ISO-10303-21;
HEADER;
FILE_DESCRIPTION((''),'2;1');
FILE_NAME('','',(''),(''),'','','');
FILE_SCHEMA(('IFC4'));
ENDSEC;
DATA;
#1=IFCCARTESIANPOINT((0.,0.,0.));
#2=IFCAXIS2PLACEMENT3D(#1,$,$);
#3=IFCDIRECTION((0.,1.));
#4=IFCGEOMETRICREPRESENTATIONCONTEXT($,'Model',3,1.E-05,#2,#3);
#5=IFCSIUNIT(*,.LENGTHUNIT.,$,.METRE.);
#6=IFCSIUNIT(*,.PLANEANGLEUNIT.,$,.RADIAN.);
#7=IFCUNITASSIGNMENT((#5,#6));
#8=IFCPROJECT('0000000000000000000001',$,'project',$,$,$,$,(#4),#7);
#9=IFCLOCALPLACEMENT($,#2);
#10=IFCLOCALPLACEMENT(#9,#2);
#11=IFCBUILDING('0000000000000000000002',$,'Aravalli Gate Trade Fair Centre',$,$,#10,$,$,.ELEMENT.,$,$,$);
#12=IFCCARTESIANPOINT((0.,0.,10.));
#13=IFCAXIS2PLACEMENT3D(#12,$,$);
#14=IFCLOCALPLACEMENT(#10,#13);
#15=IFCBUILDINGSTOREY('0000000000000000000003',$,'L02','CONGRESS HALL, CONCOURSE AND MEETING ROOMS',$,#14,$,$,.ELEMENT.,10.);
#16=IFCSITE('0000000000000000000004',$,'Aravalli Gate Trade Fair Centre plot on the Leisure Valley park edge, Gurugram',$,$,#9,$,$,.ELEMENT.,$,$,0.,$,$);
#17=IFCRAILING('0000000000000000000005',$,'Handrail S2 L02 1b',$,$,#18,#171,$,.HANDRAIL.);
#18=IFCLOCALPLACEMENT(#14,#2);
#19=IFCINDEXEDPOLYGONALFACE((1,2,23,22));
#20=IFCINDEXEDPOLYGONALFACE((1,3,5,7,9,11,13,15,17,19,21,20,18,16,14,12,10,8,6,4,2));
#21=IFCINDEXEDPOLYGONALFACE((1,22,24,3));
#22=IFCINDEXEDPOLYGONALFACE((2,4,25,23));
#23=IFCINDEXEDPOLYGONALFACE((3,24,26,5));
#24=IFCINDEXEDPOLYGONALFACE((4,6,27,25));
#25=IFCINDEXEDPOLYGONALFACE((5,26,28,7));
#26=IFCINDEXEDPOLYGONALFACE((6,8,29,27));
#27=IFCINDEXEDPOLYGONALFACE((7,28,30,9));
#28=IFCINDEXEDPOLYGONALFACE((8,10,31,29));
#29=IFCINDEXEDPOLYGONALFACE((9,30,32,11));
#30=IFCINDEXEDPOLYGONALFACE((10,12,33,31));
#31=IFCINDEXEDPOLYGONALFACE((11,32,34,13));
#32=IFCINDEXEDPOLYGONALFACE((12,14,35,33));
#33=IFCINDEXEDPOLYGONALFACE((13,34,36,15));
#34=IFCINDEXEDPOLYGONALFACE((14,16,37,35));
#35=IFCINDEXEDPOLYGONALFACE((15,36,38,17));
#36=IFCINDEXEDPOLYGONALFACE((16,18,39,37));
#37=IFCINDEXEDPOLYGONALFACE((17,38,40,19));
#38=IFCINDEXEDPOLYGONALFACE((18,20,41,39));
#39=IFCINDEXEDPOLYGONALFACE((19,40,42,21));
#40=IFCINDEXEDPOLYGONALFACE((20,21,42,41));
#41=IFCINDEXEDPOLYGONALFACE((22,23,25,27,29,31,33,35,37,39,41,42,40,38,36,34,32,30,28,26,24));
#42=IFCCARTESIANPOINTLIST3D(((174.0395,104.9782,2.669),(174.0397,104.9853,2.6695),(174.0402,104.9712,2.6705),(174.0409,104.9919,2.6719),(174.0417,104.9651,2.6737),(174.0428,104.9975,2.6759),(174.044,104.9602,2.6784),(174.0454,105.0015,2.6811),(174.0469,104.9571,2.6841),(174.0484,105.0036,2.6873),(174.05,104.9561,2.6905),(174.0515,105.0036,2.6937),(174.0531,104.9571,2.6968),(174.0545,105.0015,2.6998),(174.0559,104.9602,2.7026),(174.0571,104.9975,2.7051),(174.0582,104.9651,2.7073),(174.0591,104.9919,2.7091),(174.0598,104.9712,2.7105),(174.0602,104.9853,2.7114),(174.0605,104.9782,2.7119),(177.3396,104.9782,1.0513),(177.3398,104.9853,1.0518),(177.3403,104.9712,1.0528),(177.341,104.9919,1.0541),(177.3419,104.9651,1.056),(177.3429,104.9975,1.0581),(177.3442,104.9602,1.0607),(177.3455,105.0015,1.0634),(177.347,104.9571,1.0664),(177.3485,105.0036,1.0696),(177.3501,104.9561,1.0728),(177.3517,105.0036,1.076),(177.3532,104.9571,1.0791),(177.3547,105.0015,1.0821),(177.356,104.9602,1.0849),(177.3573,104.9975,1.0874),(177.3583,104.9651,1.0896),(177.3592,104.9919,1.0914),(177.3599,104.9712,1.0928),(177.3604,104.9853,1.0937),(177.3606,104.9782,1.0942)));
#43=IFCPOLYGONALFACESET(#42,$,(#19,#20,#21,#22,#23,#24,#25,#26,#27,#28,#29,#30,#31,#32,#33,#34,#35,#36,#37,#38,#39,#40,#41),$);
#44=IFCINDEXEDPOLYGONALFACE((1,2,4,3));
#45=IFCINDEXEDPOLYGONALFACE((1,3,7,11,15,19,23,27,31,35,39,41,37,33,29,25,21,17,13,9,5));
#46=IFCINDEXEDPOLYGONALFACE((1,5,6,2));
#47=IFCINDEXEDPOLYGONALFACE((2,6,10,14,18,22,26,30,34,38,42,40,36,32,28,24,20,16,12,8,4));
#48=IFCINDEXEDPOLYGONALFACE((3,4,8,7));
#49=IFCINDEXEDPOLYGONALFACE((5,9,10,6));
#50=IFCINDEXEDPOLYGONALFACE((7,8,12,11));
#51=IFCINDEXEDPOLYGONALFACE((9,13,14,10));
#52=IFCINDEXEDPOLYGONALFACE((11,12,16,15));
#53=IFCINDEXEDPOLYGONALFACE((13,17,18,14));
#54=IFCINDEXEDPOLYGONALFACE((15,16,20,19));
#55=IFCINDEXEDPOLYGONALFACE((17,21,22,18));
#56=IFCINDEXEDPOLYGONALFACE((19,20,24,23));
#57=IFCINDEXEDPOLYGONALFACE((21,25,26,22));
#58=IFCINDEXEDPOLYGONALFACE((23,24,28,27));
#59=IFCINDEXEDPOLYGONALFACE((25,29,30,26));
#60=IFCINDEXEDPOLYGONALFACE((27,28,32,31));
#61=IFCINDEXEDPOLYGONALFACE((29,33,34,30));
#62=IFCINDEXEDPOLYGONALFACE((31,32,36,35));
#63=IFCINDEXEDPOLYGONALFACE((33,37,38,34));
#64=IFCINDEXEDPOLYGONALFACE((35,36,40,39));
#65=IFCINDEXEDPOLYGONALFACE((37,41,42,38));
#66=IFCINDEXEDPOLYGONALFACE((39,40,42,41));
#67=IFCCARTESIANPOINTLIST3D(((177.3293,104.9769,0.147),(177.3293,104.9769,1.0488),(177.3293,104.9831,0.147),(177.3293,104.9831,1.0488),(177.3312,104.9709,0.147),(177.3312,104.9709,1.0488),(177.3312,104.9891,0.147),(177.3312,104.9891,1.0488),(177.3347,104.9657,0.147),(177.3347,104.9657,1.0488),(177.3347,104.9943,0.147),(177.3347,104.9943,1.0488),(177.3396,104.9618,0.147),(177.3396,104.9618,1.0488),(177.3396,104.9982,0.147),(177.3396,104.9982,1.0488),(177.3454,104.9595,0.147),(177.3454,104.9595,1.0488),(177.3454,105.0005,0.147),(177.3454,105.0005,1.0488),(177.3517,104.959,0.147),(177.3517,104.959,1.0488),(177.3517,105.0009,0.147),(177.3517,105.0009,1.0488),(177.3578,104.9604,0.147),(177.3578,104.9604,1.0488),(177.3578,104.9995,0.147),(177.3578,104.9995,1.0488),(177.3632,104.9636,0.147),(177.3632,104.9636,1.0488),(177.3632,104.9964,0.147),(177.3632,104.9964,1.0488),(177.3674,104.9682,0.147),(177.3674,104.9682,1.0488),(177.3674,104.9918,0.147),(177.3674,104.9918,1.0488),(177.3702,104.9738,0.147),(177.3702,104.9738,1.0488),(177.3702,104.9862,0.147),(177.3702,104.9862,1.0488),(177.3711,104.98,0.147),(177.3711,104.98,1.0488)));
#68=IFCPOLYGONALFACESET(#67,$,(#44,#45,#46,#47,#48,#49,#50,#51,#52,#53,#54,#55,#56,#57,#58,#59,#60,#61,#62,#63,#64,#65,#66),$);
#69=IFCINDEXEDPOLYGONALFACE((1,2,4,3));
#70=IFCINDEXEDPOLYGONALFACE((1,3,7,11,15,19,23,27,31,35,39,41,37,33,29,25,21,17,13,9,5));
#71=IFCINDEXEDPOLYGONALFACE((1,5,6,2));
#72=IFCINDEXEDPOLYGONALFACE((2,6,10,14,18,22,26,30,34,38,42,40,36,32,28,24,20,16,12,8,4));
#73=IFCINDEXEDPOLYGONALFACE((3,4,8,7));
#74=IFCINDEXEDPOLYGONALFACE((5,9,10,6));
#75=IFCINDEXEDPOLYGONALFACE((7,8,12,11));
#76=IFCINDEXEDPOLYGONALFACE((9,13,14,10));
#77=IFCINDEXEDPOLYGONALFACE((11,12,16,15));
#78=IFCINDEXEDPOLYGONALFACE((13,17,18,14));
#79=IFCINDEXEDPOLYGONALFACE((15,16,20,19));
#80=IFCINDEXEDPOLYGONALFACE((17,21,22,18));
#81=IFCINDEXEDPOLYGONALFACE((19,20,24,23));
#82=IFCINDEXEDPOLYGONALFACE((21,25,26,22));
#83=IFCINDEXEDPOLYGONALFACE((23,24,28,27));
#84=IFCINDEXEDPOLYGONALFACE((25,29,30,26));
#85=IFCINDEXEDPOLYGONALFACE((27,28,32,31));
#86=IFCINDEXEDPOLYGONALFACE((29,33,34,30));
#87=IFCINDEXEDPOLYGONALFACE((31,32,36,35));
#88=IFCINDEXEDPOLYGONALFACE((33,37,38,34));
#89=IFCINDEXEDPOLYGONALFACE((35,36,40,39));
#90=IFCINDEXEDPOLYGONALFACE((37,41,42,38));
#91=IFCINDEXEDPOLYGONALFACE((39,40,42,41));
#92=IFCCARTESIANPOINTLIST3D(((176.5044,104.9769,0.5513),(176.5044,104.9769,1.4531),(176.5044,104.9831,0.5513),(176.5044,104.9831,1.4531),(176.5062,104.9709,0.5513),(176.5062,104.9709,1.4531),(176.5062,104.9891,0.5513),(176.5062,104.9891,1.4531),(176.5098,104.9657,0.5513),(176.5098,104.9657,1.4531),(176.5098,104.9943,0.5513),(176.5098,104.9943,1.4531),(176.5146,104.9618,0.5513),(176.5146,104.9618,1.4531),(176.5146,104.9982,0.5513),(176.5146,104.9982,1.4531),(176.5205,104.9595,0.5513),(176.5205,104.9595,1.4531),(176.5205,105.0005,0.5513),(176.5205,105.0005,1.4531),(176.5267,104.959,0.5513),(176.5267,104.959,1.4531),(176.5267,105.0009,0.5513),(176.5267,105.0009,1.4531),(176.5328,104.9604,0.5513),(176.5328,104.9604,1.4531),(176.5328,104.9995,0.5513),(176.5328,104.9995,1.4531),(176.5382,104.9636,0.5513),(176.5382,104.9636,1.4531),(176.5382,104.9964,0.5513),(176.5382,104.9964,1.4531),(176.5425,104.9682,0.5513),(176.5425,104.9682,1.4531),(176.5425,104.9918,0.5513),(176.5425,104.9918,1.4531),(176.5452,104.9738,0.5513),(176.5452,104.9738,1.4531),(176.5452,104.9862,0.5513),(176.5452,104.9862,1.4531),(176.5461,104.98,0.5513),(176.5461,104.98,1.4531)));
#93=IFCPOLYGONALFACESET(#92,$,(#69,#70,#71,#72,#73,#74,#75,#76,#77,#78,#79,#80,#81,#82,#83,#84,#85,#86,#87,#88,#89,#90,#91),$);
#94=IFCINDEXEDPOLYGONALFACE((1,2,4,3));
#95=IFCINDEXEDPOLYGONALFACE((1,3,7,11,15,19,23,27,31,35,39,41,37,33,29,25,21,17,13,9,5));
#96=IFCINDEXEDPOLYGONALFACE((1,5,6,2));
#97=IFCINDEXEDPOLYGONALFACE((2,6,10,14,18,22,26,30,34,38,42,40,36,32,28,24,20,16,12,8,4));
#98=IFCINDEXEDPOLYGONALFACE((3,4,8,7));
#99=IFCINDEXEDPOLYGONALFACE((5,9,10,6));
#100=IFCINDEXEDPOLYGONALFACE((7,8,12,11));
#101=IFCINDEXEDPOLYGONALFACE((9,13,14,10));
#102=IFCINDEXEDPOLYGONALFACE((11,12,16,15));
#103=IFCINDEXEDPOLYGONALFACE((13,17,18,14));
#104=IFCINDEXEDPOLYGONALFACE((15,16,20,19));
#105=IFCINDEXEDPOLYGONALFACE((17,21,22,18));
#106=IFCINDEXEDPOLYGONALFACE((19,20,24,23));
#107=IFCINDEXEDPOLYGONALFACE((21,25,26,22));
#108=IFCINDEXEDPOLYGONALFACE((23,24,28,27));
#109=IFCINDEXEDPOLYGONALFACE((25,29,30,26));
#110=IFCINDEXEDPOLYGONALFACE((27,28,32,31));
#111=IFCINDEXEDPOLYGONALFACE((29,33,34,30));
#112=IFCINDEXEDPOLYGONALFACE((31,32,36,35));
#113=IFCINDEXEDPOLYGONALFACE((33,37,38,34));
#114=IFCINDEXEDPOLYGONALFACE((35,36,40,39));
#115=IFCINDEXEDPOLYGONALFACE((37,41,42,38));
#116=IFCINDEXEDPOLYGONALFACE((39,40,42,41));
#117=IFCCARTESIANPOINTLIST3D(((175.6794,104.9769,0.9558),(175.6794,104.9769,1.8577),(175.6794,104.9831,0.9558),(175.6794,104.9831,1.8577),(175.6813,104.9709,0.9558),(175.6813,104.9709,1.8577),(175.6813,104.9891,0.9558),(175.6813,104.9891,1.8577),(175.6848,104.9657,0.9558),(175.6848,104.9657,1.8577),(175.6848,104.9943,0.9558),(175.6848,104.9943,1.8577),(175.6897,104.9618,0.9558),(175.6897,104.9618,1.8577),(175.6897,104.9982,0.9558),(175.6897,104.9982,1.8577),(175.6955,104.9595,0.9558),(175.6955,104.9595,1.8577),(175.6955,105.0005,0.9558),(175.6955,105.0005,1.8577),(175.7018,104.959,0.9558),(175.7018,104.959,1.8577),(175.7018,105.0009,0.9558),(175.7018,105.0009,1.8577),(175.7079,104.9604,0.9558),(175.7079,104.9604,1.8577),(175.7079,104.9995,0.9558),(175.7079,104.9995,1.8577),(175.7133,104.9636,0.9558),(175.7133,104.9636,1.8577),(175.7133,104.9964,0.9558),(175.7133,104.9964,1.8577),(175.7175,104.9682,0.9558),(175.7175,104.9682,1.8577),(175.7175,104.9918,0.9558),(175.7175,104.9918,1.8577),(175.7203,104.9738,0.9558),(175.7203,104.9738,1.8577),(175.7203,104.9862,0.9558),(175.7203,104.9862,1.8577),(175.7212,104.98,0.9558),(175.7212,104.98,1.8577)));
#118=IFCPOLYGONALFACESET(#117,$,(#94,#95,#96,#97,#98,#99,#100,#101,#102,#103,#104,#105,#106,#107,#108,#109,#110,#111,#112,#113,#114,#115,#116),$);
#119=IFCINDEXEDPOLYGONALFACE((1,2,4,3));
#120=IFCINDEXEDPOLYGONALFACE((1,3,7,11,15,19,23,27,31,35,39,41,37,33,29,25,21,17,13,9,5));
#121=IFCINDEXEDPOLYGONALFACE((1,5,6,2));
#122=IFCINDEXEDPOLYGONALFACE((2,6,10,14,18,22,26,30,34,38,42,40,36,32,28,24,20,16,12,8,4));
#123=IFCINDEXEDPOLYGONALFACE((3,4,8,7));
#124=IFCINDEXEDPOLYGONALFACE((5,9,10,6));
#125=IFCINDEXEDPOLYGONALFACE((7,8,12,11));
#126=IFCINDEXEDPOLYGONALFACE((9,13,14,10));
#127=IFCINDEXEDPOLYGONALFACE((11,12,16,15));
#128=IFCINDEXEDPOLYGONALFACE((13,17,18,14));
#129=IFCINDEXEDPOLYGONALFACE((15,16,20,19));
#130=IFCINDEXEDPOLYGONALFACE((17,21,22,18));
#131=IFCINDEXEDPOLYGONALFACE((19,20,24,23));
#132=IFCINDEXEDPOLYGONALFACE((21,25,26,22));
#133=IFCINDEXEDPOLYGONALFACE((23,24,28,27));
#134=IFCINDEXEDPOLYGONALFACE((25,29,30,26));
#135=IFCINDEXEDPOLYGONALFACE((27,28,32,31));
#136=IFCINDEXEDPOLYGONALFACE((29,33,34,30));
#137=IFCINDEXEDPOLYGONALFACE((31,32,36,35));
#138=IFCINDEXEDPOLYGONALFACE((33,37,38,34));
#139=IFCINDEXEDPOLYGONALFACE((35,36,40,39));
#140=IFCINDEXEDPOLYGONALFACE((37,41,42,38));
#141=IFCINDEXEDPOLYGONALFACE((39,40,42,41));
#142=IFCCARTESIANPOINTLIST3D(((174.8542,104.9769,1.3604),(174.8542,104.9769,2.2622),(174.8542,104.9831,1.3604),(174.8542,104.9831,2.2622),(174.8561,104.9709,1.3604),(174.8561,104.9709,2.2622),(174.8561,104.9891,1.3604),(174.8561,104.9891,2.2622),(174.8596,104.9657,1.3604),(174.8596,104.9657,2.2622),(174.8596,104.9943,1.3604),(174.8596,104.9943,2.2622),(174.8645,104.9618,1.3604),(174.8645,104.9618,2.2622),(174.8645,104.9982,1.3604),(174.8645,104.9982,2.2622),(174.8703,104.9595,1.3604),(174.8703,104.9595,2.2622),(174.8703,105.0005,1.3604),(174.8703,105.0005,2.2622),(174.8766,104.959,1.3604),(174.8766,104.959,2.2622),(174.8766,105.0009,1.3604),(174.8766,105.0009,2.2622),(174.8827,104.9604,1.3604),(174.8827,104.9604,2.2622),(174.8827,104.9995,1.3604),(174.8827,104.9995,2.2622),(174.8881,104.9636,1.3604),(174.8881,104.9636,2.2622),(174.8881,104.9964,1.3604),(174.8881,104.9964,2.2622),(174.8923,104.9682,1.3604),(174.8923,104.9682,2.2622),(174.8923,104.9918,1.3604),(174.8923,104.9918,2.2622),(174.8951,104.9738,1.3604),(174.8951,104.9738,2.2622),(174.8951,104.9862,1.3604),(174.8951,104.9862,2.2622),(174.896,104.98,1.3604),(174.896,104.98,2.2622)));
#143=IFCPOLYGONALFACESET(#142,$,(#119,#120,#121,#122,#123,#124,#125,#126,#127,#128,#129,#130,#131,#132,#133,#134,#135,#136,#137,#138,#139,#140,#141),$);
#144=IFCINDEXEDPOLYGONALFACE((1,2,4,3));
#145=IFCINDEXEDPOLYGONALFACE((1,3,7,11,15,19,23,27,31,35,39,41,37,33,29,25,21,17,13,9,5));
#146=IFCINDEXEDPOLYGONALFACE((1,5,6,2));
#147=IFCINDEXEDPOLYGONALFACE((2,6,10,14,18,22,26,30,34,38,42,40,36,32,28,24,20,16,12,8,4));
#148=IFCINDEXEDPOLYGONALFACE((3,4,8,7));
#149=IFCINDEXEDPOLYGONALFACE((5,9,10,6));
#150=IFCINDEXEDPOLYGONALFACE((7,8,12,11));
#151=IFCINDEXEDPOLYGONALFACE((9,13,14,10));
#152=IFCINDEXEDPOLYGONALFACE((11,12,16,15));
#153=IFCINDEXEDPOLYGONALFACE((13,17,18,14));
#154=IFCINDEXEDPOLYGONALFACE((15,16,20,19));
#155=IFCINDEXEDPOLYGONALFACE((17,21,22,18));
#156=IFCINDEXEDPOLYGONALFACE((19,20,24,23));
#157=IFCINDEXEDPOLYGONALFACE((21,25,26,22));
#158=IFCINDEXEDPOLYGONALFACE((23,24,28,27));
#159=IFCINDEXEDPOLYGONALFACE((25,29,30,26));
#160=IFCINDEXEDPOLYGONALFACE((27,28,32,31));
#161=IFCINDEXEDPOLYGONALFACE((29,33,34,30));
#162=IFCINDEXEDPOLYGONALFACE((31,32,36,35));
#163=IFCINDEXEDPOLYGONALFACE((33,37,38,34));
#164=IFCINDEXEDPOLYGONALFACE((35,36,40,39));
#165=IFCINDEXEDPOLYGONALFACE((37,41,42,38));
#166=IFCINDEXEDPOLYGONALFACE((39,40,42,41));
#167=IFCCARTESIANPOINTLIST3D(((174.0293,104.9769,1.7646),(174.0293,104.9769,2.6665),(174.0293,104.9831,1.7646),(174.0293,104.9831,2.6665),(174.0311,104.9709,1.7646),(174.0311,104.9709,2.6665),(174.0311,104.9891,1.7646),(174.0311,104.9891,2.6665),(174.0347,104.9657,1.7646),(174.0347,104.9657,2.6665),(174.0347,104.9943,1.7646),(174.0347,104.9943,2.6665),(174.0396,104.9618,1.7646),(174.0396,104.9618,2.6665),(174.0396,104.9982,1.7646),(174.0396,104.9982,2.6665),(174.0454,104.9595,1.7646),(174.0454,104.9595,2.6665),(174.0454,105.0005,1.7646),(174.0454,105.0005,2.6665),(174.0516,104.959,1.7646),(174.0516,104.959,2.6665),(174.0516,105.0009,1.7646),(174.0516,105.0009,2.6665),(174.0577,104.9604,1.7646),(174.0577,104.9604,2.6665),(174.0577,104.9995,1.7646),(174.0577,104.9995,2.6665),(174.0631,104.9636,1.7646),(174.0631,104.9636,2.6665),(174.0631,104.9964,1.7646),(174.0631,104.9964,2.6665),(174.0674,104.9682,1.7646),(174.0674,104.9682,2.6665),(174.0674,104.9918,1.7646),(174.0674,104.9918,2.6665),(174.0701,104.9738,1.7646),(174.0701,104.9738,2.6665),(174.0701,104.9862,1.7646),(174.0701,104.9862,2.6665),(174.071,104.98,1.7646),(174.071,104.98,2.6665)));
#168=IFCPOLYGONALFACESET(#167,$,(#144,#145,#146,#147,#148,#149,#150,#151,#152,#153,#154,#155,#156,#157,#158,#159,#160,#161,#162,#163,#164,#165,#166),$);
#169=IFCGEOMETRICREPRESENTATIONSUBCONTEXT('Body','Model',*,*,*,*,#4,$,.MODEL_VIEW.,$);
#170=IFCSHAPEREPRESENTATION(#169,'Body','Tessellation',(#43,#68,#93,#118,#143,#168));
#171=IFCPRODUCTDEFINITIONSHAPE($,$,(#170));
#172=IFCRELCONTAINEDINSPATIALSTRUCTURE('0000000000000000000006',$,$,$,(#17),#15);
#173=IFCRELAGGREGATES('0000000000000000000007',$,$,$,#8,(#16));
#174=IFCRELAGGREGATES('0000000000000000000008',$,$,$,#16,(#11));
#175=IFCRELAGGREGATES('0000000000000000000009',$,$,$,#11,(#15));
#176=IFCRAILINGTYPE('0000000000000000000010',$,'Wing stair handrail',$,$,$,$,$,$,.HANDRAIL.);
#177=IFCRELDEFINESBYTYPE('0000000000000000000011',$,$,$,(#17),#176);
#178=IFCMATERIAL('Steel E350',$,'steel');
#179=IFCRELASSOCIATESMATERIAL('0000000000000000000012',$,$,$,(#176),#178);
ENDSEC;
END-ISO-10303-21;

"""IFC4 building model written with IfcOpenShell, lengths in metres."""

from ifc_helpers import new_model, si_unit, direction, frame, origin, origin_2d, place, context, subcontext, project, spatial, circle, extrude, material, type_object, element, save


model = new_model("IFC4")

# Units and contexts
model_context = context("Model", 3, precision=1e-05, world=origin(), true_north=direction((0.0, 1.0)))
body_context = subcontext(model_context, "Body", "Model", "MODEL_VIEW")
ifc_project = project(units=[si_unit("LENGTHUNIT", "METRE"), si_unit("PLANEANGLEUNIT", "RADIAN")], contexts=[model_context])

# Site, building, storey
site_placement = place(None, origin())
site = spatial("IfcSite", under=ifc_project, at=site_placement, Name="Aravalli Gate Trade Fair Centre plot on the Leisure Valley park edge, Gurugram", CompositionType="ELEMENT", RefElevation=0.0)
building_placement = place(site_placement, origin())
building = spatial("IfcBuilding", under=site, at=building_placement, Name="Aravalli Gate Trade Fair Centre", CompositionType="ELEMENT")
storey_placement = place(building_placement, frame((0.0, 0.0, 10.0)))
storey = spatial("IfcBuildingStorey", under=building, at=storey_placement, Name="L02", Description="CONGRESS HALL, CONCOURSE AND MEETING ROOMS", CompositionType="ELEMENT", Elevation=10.0)

# Shared definitions
ifc_material_1 = material(Name="Steel E350", Category="steel")

# Railing
railing_type_1 = type_object("IfcRailingType", Name="Wing stair handrail", PredefinedType="HANDRAIL", material=ifc_material_1)
railing_1_placement = place(storey_placement, frame((177.3501, 104.98, 0.147)))
element("IfcRailing", 1, at=railing_1_placement, inside=storey, type_object=railing_type_1, Name="Handrail S2 L02 1b", PredefinedType="HANDRAIL", context=body_context, shape_type="SweptSolid", body=[
    extrude(circle(Radius=0.0239, at=origin_2d()), frame((0.0, 0.0, 0.9258), z_axis=(-0.89792, 0.0, 0.440158), x_axis=(0.0, -1.0, 0.0)), (0.0, 0.0, 1.0), 3.6753),
    extrude(circle(Radius=0.021, at=origin_2d()), origin(), (0.0, 0.0, 1.0), 0.9019),
    extrude(circle(Radius=0.021, at=origin_2d()), frame((-0.825, 0.0, 0.4043)), (0.0, 0.0, 1.0), 0.9019),
    extrude(circle(Radius=0.021, at=origin_2d()), frame((-1.6499, 0.0, 0.8088)), (0.0, 0.0, 1.0), 0.9019),
    extrude(circle(Radius=0.021, at=origin_2d()), frame((-2.4751, 0.0, 1.2134)), (0.0, 0.0, 1.0), 0.9019),
    extrude(circle(Radius=0.021, at=origin_2d()), frame((-3.3, 0.0, 1.6177)), (0.0, 0.0, 1.0), 0.9019),
])

save(model, "model.ifc")
